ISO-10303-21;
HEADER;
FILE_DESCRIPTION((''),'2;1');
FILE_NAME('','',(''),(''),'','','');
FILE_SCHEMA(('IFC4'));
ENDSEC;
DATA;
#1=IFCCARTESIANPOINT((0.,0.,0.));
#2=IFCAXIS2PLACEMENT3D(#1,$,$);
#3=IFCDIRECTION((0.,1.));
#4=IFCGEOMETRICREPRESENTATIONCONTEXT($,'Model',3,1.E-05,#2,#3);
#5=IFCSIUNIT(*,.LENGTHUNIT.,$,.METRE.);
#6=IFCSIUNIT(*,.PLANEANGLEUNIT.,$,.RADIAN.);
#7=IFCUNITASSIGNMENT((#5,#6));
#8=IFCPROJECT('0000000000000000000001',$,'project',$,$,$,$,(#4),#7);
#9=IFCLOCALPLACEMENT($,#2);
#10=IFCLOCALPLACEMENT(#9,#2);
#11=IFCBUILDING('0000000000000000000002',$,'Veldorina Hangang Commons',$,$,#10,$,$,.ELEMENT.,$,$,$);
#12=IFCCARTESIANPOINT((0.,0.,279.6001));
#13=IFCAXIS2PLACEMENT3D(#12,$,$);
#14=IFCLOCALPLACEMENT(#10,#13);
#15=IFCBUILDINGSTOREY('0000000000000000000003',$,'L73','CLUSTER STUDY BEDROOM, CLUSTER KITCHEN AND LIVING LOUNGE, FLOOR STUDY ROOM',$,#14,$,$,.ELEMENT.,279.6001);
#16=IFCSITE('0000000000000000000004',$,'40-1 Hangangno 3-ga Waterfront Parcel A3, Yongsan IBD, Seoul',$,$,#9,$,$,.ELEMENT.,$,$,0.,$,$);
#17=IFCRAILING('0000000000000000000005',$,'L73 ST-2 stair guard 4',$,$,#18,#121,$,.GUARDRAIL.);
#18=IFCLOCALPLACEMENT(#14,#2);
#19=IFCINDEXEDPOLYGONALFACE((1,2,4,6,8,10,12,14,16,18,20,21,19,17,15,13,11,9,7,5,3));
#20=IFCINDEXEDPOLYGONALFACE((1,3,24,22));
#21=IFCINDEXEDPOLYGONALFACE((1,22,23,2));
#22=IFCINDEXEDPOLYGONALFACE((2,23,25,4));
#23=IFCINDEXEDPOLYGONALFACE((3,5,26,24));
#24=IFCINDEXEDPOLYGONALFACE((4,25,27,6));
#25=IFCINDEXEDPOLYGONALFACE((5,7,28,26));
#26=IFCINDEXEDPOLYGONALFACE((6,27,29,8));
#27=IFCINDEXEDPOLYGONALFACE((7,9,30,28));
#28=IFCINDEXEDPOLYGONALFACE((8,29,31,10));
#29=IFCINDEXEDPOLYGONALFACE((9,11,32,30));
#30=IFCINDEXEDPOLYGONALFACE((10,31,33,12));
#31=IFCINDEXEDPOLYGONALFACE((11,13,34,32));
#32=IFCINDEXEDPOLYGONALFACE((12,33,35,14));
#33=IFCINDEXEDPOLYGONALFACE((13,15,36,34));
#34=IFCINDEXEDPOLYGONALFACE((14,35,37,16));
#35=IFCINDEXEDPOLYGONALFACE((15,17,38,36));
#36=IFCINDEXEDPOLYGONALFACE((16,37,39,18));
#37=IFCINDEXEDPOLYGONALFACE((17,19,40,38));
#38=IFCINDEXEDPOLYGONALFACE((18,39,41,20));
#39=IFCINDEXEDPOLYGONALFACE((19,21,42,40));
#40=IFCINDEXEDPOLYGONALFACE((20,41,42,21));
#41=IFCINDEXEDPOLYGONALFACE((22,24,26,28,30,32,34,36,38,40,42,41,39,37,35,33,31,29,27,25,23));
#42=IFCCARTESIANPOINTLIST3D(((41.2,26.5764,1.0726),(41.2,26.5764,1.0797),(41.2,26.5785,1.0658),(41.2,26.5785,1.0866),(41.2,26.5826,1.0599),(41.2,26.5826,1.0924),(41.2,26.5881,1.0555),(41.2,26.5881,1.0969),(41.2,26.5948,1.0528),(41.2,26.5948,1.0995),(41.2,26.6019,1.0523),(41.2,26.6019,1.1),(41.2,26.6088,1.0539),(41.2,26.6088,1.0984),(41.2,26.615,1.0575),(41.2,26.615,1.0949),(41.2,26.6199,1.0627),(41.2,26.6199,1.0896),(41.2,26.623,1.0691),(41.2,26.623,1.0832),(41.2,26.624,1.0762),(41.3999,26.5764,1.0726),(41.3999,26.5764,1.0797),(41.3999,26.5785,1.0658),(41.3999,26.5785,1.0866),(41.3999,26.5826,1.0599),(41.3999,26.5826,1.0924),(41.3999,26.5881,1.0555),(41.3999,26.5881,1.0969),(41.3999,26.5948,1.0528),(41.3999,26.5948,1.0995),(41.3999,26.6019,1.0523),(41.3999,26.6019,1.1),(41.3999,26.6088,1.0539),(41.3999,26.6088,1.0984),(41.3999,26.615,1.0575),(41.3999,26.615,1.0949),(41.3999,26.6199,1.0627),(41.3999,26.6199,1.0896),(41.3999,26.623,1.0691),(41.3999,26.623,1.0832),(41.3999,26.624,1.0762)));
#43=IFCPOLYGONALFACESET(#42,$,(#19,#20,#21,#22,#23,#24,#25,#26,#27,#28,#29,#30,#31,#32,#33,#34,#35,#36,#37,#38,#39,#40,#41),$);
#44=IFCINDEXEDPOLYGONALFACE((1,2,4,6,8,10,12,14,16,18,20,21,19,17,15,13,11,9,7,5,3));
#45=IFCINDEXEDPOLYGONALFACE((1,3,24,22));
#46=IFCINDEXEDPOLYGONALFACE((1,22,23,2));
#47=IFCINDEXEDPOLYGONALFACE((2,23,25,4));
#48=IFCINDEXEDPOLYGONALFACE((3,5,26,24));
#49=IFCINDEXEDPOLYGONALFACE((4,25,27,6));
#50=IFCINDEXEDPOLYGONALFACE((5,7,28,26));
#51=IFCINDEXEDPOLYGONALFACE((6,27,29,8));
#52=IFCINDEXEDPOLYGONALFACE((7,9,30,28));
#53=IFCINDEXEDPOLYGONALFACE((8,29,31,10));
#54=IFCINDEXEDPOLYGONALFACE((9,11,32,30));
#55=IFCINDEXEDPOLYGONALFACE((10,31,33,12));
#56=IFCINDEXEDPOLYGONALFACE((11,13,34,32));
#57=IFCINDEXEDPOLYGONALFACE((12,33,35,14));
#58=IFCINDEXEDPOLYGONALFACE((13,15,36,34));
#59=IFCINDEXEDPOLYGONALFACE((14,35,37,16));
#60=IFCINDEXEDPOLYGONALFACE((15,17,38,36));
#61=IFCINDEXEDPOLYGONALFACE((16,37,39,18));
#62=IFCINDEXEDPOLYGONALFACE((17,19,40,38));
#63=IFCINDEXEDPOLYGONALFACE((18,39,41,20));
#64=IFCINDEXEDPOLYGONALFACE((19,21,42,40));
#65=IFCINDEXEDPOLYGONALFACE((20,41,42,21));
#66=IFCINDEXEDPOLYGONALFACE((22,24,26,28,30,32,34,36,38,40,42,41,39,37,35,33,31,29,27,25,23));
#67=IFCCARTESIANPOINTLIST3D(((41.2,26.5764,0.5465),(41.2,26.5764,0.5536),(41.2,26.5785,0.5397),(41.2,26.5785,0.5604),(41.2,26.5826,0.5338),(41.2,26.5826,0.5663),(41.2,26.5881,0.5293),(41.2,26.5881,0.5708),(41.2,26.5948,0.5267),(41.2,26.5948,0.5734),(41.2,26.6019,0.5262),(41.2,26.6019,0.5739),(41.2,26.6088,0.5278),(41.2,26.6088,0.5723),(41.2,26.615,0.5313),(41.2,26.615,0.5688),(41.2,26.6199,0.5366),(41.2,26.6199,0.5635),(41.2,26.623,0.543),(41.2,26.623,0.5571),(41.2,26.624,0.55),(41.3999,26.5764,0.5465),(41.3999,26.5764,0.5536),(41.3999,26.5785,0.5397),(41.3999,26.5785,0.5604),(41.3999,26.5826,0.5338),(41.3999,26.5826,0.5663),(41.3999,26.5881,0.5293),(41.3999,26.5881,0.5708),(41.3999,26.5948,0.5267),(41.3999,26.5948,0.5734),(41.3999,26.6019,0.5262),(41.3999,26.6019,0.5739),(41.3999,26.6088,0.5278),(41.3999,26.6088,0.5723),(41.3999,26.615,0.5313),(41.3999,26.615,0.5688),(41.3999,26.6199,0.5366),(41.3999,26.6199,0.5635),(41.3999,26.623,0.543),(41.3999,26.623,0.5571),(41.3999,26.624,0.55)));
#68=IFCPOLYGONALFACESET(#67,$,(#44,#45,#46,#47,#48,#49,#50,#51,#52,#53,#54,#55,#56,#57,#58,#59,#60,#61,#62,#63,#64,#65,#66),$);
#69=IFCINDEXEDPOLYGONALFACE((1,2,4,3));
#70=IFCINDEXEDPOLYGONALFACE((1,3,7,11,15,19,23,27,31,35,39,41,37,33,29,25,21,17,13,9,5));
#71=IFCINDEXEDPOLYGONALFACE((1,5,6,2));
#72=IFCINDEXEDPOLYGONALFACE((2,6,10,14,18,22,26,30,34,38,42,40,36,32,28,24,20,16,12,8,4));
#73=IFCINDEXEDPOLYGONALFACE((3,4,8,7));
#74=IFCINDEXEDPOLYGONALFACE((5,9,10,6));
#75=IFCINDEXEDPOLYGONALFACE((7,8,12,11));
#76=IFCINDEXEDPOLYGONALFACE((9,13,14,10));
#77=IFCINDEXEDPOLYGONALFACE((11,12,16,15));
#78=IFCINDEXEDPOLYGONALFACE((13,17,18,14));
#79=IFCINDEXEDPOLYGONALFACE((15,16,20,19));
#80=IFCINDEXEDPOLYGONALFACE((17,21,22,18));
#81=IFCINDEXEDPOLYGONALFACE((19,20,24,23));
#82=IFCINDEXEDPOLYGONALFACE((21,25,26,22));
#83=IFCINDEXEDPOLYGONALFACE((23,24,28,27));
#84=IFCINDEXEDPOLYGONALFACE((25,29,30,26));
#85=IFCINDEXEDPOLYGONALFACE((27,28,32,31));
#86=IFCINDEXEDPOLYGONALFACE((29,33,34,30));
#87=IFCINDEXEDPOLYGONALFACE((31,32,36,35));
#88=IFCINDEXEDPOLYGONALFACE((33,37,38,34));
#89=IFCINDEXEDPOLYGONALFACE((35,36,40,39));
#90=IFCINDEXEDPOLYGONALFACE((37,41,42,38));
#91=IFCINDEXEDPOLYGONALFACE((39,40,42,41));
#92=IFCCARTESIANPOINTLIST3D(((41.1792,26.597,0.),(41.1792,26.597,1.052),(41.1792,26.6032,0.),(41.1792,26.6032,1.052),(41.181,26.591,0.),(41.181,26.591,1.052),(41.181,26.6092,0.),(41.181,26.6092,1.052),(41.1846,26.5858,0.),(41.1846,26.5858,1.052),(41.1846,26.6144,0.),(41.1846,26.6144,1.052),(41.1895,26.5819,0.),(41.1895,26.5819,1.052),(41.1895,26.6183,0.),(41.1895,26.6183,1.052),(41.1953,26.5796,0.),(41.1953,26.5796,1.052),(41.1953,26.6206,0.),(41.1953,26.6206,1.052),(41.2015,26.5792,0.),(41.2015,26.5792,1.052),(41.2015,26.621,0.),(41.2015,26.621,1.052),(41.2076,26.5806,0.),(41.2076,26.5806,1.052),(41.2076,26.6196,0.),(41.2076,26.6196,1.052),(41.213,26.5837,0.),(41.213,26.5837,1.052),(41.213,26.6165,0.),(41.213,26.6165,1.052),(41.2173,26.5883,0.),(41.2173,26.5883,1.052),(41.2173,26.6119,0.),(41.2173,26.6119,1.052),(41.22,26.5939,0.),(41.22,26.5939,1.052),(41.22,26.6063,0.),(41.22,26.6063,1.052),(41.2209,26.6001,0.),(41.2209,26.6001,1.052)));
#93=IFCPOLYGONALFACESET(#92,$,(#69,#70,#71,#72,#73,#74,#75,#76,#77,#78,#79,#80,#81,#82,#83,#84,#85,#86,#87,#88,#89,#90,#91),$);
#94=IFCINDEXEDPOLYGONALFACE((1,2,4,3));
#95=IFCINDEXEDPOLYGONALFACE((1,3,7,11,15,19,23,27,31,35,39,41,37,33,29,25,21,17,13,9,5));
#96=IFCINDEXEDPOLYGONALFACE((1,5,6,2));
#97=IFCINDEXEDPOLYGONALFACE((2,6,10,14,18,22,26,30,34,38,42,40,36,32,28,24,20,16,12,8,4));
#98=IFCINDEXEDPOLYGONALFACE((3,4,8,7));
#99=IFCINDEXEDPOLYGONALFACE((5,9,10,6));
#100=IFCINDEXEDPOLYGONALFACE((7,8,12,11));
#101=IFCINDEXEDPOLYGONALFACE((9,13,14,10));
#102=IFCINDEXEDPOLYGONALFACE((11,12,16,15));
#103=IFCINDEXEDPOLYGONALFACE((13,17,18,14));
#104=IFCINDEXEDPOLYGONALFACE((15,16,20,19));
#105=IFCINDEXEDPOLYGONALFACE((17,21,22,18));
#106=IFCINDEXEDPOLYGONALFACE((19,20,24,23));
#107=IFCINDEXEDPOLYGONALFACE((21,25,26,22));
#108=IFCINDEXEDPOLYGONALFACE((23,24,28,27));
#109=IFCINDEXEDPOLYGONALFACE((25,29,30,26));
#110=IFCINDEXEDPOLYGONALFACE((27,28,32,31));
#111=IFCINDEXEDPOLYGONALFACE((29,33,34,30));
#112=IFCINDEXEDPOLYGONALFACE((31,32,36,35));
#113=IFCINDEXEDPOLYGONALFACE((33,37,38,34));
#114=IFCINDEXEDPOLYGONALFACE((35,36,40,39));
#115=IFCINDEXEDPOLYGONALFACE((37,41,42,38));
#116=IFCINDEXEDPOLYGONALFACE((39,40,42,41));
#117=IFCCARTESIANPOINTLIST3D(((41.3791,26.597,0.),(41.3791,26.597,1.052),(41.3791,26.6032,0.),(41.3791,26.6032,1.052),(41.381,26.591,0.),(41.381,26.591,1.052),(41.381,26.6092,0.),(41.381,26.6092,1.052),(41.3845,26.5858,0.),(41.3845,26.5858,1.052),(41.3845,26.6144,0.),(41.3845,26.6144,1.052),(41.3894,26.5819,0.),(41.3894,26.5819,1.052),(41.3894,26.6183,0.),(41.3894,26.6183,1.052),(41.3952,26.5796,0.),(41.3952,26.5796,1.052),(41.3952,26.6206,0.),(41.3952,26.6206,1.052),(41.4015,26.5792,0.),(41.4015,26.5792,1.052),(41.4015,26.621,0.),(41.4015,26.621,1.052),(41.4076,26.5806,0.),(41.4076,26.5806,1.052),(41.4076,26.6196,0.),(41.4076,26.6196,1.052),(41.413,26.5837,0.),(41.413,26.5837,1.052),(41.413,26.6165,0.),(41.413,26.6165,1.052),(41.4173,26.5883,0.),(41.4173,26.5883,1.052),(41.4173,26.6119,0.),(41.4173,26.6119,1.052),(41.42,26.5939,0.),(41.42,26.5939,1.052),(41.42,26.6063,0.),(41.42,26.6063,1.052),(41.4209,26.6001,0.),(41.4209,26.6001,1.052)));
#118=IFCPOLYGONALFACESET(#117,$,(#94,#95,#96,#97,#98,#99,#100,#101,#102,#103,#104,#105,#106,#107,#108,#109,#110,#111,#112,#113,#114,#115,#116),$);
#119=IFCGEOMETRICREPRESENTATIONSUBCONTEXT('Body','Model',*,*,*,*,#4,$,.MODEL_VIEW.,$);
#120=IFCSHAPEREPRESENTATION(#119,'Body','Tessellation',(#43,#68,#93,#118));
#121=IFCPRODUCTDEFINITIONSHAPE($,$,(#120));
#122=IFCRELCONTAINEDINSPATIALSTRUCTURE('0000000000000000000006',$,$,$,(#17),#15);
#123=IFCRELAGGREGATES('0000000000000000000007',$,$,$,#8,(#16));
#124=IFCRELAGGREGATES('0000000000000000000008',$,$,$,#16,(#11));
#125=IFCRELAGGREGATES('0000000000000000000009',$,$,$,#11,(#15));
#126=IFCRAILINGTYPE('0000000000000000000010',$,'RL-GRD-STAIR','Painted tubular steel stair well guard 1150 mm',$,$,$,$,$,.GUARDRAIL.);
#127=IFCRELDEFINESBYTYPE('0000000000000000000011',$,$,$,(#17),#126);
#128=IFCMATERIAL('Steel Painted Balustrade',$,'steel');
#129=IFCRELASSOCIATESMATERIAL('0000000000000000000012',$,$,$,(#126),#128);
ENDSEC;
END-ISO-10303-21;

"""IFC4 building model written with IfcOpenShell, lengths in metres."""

from ifc_helpers import new_model, si_unit, direction, frame, origin, origin_2d, place, context, subcontext, project, spatial, circle, extrude, material, type_object, element, save


model = new_model("IFC4")

# Units and contexts
model_context = context("Model", 3, precision=1e-05, world=origin(), true_north=direction((0.0, 1.0)))
body_context = subcontext(model_context, "Body", "Model", "MODEL_VIEW")
ifc_project = project(units=[si_unit("LENGTHUNIT", "METRE"), si_unit("PLANEANGLEUNIT", "RADIAN")], contexts=[model_context])

# Site, building, storey
site_placement = place(None, origin())
site = spatial("IfcSite", under=ifc_project, at=site_placement, Name="40-1 Hangangno 3-ga Waterfront Parcel A3, Yongsan IBD, Seoul", CompositionType="ELEMENT", RefElevation=0.0)
building_placement = place(site_placement, origin())
building = spatial("IfcBuilding", under=site, at=building_placement, Name="Veldorina Hangang Commons", CompositionType="ELEMENT")
storey_placement = place(building_placement, frame((0.0, 0.0, 279.6001)))
storey = spatial("IfcBuildingStorey", under=building, at=storey_placement, Name="L73", Description="CLUSTER STUDY BEDROOM, CLUSTER KITCHEN AND LIVING LOUNGE, FLOOR STUDY ROOM", CompositionType="ELEMENT", Elevation=279.6001)

# Railing
ifc_material_1 = material(Name="Steel Painted Balustrade", Category="steel")
railing_type_1 = type_object("IfcRailingType", Name="RL-GRD-STAIR", Description="Painted tubular steel stair well guard 1150 mm", PredefinedType="GUARDRAIL", material=ifc_material_1)
railing_1_placement = place(storey_placement, frame((41.2, 26.6001, 0.0)))
element("IfcRailing", 1, at=railing_1_placement, inside=storey, type_object=railing_type_1, Name="L73 ST-2 stair guard 4", PredefinedType="GUARDRAIL", context=body_context, shape_type="SweptSolid", body=[
    extrude(circle(Radius=0.0239, at=origin_2d()), frame((0.0, 0.0, 1.0762), z_axis=(1.0, 0.0, 0.0), x_axis=(0.0, 1.0, 0.0)), (0.0, 0.0, 1.0), 0.2),
    extrude(circle(Radius=0.0239, at=origin_2d()), frame((0.0, 0.0, 0.55), z_axis=(1.0, 0.0, 0.0), x_axis=(0.0, 1.0, 0.0)), (0.0, 0.0, 1.0), 0.2),
    extrude(circle(Radius=0.021, at=origin_2d()), origin(), (0.0, 0.0, 1.0), 1.052),
    extrude(circle(Radius=0.021, at=origin_2d()), frame((0.2, 0.0, 0.0)), (0.0, 0.0, 1.0), 1.052),
])

save(model, "model.ifc")
